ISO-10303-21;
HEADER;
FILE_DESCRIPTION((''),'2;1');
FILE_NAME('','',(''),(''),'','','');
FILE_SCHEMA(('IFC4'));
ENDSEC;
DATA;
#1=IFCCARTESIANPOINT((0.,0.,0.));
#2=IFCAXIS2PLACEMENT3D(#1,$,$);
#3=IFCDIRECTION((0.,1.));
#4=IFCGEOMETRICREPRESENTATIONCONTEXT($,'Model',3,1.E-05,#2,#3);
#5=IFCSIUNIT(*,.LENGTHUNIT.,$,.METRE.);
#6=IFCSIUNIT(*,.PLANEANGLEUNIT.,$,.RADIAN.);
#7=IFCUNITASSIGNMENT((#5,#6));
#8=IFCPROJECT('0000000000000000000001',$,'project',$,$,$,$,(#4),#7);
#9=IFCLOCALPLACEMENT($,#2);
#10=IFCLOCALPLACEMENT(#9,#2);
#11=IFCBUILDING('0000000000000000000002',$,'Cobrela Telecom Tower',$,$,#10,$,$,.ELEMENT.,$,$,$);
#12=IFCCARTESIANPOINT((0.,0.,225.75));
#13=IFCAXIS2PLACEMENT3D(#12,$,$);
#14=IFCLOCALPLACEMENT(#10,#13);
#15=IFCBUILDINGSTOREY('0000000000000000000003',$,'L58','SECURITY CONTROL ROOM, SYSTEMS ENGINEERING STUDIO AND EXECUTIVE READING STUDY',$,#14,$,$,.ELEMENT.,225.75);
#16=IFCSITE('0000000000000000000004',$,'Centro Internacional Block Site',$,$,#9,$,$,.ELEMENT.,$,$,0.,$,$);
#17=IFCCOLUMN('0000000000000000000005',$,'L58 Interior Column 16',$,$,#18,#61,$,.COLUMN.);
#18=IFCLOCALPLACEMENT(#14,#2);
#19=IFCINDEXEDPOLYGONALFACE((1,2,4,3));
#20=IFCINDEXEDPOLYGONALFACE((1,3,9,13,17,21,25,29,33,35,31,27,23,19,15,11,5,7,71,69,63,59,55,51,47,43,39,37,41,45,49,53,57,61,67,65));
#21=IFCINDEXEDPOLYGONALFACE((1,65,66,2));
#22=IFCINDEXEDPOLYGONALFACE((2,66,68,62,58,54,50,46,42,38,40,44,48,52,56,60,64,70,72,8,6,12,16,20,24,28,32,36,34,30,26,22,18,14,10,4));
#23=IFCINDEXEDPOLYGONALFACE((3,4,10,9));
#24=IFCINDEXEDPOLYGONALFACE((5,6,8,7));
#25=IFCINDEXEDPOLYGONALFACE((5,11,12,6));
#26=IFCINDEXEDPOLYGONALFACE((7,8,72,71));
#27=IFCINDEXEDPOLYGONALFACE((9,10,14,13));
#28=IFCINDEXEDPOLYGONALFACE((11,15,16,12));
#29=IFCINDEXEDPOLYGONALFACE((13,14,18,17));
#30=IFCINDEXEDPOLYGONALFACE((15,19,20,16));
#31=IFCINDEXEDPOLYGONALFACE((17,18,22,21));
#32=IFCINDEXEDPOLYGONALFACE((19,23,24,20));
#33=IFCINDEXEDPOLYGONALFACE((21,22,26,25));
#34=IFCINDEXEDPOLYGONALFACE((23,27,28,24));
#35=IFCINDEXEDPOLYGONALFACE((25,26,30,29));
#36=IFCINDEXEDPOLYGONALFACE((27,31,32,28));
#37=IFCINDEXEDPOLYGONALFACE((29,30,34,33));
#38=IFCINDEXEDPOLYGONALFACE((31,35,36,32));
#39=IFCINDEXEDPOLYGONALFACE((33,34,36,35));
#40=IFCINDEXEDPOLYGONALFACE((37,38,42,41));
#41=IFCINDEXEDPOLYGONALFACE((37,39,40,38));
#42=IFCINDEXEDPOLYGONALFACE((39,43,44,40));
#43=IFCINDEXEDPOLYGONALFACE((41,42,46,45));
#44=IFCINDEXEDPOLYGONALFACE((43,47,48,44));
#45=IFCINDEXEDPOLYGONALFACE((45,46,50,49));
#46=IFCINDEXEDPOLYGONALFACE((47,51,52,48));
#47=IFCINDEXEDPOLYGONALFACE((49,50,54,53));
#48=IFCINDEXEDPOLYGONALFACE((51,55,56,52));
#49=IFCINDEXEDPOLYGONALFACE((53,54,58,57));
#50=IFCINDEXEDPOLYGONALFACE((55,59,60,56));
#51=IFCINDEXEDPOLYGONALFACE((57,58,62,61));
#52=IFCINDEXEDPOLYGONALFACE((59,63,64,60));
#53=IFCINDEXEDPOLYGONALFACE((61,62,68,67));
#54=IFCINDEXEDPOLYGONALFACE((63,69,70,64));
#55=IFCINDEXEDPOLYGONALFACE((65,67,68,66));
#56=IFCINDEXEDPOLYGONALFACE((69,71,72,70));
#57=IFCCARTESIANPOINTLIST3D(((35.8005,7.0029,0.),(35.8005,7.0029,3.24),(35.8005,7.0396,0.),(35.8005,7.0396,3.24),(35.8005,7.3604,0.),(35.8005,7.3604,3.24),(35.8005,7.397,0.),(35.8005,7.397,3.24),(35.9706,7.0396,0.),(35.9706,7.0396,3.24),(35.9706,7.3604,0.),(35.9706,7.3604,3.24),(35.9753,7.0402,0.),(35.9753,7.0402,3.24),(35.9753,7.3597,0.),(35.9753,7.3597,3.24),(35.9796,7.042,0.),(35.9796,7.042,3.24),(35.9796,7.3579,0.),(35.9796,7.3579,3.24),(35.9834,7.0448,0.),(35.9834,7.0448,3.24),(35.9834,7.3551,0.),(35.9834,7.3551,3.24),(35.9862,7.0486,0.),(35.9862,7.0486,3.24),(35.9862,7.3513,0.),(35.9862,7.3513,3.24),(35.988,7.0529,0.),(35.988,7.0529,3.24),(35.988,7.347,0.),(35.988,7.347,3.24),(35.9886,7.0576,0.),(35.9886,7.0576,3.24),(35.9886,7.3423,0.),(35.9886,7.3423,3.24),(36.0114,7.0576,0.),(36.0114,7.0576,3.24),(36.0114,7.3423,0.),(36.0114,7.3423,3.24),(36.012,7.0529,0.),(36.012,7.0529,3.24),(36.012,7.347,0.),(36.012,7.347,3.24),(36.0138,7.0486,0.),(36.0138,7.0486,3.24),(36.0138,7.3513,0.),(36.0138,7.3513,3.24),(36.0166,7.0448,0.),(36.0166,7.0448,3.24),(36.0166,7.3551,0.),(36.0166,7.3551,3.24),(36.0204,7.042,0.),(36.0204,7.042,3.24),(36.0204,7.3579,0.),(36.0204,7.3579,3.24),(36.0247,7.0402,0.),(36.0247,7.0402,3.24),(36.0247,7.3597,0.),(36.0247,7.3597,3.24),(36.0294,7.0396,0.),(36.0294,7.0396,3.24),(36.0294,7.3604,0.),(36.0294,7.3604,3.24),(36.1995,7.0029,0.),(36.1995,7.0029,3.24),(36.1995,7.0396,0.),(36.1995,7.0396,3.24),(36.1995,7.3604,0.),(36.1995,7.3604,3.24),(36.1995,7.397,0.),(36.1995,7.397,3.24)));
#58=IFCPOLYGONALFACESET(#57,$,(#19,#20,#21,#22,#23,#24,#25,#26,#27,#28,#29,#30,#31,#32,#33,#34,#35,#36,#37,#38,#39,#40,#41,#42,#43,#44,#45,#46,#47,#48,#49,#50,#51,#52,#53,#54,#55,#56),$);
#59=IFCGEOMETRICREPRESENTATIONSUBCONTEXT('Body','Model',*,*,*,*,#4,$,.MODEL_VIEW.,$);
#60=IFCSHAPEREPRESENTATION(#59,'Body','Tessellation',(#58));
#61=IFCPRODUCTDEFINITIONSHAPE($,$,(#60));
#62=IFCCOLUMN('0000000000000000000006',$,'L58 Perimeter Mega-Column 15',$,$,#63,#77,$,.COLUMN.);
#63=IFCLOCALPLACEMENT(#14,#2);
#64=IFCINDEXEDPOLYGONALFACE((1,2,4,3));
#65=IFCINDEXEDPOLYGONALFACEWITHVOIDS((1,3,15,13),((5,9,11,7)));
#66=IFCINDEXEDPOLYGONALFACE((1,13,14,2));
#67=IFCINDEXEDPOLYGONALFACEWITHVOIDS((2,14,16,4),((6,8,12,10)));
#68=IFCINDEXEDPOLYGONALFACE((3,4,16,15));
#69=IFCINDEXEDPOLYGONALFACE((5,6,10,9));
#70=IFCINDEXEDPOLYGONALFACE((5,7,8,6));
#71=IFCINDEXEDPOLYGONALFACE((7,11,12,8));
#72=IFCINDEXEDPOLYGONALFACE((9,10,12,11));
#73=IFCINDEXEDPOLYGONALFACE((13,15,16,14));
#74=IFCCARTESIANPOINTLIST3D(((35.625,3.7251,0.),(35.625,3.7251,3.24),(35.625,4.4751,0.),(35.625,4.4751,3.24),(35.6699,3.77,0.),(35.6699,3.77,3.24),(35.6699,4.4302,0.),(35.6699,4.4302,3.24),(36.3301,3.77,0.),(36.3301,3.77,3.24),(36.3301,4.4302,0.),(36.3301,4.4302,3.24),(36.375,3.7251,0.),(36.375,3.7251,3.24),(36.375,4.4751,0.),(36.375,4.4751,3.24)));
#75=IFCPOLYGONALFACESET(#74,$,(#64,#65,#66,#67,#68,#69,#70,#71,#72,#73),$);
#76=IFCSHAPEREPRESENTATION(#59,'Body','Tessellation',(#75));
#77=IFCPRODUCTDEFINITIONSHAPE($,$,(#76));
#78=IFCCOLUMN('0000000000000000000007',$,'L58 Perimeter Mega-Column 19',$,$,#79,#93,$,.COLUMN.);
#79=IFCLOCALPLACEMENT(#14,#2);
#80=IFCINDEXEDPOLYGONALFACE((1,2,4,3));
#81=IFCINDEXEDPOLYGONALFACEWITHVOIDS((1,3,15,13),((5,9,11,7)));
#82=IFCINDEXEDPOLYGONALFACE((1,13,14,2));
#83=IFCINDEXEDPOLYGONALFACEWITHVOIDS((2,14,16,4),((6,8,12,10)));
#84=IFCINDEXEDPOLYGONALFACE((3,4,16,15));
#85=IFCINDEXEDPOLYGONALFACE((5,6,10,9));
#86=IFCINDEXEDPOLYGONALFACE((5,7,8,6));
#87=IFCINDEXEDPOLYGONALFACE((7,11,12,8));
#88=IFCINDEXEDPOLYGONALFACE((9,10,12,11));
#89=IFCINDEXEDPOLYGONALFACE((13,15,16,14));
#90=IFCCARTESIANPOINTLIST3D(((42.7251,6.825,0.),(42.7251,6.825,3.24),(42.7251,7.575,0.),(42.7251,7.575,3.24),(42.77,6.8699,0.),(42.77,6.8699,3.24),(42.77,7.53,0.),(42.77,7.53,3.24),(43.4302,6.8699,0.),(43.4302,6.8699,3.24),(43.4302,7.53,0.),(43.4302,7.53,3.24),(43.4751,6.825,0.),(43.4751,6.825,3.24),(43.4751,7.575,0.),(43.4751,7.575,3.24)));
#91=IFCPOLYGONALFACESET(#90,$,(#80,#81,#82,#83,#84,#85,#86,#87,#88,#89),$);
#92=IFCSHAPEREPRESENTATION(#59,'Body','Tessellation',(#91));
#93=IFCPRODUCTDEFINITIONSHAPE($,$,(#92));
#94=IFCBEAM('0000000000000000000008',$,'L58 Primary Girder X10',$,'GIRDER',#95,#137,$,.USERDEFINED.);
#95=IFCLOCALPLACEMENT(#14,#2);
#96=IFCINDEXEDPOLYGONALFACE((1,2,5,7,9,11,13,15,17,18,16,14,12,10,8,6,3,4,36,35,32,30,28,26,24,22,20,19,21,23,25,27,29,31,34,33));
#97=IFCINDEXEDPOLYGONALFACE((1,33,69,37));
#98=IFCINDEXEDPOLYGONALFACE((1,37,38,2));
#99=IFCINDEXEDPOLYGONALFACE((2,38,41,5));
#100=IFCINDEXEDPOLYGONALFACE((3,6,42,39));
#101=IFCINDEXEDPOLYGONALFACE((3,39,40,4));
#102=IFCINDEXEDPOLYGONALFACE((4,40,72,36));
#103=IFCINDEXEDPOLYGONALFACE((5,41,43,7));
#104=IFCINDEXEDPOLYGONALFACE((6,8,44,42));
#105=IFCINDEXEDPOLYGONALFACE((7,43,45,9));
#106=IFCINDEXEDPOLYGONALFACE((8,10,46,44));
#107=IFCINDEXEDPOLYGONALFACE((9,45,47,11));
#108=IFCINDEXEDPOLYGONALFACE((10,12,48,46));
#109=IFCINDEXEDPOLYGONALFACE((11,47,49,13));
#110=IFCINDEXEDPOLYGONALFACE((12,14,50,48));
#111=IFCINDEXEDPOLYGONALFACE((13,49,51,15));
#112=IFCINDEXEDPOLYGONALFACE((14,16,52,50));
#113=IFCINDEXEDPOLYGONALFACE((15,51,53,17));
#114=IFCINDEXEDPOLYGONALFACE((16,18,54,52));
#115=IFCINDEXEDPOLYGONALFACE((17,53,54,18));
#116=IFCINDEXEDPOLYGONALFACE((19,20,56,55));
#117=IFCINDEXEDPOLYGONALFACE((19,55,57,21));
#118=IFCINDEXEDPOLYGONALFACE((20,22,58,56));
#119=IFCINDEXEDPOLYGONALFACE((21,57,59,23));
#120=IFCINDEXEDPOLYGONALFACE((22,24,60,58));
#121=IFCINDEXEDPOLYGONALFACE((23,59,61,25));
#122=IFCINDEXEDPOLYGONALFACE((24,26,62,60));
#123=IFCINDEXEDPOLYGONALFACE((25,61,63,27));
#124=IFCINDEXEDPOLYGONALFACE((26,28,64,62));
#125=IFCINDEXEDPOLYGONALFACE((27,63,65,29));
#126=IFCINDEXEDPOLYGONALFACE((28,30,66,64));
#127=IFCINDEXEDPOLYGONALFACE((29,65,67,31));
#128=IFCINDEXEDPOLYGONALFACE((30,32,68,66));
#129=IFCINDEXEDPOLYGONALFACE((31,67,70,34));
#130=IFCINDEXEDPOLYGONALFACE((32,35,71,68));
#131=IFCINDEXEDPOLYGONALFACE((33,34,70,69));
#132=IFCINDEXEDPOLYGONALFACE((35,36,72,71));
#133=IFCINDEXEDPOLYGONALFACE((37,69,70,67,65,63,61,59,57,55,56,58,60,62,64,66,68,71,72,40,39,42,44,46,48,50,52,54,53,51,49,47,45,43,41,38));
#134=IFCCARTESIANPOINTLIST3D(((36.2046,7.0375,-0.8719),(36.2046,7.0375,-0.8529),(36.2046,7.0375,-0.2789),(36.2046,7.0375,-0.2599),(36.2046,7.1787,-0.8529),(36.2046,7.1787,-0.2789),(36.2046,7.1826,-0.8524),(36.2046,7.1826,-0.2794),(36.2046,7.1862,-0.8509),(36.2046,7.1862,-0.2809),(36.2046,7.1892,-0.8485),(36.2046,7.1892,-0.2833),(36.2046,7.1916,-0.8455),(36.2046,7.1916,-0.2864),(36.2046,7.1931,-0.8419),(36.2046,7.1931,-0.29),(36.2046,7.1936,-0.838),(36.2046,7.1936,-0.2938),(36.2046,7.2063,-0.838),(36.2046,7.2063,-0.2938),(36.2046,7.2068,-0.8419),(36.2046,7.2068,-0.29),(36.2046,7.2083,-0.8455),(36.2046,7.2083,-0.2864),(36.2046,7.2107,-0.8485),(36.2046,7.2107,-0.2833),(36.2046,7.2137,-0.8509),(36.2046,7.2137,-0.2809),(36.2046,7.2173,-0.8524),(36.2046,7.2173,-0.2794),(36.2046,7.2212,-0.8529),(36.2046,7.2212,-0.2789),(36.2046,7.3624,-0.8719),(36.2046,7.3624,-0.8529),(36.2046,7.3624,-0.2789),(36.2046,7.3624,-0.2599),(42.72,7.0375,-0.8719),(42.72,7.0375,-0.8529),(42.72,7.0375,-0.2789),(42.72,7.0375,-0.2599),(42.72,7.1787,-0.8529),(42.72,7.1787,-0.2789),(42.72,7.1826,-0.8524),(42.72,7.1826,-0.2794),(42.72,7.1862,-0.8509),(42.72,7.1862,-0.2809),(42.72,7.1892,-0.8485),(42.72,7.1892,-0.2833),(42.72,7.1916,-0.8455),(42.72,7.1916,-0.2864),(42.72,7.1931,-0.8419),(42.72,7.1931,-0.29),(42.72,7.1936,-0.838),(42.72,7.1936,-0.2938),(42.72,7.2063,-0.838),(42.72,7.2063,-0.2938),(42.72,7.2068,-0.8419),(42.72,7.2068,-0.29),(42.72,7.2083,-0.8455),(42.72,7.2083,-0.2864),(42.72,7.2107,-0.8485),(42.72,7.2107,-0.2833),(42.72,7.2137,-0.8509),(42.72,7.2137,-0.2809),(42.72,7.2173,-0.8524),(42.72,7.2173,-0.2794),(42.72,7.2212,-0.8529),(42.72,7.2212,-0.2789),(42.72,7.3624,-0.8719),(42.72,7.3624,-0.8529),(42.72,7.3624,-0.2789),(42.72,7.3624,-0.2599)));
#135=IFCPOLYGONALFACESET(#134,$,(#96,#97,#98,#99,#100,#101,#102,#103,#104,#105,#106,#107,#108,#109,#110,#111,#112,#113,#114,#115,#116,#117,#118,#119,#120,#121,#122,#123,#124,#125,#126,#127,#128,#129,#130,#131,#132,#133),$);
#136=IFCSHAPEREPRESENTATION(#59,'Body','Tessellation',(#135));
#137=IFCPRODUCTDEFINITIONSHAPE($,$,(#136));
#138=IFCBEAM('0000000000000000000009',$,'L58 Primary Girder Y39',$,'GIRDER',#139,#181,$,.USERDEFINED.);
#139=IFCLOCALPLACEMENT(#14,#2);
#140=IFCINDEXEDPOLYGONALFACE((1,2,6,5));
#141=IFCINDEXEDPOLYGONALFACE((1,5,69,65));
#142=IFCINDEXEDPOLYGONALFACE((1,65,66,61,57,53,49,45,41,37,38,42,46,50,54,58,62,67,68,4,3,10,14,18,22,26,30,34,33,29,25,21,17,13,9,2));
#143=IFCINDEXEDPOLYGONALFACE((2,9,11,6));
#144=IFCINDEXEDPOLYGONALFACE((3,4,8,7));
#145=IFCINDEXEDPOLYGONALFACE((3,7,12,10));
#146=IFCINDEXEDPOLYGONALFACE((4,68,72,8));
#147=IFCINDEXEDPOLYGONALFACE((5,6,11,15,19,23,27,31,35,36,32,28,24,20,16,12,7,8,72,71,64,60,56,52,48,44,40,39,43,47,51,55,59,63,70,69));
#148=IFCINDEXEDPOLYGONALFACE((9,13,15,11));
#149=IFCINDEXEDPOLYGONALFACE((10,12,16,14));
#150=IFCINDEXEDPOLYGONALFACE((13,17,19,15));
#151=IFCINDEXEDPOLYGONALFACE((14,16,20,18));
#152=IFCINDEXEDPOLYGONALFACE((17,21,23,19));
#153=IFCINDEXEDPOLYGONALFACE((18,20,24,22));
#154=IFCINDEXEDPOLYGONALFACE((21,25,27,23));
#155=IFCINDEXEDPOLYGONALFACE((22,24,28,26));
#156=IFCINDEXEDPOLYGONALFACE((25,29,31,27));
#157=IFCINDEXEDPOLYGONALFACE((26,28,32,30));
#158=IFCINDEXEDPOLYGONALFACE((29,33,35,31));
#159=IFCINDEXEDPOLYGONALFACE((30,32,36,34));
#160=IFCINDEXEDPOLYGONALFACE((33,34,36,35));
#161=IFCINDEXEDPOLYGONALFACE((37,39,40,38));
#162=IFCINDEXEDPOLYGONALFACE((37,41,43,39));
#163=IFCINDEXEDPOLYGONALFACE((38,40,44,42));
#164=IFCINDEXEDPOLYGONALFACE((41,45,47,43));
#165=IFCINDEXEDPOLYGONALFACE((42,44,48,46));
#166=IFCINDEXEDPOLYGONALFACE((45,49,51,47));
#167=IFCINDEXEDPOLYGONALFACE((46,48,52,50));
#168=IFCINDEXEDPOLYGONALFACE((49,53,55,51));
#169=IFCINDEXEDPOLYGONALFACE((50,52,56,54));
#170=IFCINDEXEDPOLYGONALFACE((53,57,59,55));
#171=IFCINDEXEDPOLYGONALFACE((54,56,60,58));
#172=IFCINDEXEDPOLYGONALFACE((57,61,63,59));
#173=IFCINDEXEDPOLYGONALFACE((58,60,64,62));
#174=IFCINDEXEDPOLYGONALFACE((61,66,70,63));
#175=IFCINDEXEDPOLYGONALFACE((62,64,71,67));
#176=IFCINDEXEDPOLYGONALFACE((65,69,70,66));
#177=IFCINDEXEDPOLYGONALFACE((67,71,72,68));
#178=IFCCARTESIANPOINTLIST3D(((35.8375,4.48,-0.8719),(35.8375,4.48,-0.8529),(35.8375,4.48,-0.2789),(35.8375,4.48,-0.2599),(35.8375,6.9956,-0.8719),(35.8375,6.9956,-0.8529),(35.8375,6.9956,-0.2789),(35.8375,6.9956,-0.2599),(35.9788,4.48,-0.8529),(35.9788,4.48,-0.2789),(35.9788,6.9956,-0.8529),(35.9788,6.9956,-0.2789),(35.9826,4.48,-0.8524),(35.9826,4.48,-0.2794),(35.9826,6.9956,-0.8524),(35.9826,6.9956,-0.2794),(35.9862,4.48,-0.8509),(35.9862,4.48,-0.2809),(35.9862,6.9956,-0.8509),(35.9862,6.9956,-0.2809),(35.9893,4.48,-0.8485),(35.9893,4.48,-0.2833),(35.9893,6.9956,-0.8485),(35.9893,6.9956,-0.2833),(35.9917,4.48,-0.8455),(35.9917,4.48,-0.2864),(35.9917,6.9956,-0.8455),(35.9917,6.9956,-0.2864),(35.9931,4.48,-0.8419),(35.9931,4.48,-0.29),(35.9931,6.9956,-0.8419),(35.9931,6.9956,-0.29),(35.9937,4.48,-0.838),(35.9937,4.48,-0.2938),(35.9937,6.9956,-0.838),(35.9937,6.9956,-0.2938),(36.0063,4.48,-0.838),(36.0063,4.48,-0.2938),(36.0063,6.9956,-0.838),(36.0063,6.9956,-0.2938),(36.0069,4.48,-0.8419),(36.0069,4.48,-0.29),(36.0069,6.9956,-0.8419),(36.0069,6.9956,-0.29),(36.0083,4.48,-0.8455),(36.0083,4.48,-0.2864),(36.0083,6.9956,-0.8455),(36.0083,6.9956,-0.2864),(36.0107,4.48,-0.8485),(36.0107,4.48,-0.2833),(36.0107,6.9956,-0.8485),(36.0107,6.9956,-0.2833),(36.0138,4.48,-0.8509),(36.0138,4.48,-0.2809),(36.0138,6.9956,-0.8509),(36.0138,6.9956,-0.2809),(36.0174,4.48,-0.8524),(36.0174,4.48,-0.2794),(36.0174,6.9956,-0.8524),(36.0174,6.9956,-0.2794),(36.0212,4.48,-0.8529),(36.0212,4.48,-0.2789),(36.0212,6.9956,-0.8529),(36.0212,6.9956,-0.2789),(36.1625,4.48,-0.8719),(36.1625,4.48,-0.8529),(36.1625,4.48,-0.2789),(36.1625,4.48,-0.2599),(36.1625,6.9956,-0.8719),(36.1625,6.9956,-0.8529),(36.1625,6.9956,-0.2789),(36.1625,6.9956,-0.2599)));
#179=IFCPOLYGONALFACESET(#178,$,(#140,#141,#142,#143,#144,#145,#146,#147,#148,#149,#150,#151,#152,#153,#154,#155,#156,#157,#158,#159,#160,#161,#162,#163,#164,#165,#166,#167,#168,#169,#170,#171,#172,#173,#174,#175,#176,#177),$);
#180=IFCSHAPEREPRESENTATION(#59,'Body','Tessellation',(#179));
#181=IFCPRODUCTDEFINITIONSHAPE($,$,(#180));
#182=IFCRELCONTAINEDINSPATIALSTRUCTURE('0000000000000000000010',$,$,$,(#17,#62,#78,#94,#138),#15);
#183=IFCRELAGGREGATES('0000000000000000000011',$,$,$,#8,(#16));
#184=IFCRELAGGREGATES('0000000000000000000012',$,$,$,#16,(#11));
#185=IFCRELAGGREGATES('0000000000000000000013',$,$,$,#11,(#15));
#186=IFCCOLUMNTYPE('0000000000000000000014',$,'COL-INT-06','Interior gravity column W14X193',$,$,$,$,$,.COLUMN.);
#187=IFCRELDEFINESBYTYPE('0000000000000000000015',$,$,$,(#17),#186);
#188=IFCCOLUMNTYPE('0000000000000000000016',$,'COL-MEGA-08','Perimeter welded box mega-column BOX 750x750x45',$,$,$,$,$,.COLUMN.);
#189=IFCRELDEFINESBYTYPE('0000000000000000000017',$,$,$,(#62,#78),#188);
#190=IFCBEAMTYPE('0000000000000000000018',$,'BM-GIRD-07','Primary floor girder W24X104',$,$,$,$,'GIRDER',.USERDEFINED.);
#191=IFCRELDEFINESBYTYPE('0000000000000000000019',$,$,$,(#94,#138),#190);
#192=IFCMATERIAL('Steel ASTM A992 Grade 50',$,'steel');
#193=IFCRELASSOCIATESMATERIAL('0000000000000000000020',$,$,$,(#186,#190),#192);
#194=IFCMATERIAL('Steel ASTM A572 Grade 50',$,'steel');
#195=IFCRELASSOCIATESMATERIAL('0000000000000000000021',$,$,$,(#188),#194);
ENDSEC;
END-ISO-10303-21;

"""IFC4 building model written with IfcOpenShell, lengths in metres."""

from ifc_helpers import new_model, si_unit, direction, frame, origin, origin_2d, place, context, subcontext, project, spatial, hollow_rectangle, i_section, extrude, material, material_profile, profile_set, type_object, element, save


model = new_model("IFC4")

# Units and contexts
model_context = context("Model", 3, precision=1e-05, world=origin(), true_north=direction((0.0, 1.0)))
body_context = subcontext(model_context, "Body", "Model", "MODEL_VIEW")
ifc_project = project(units=[si_unit("LENGTHUNIT", "METRE"), si_unit("PLANEANGLEUNIT", "RADIAN")], contexts=[model_context])

# Site, building, storey
site_placement = place(None, origin())
site = spatial("IfcSite", under=ifc_project, at=site_placement, Name="Centro Internacional Block Site", CompositionType="ELEMENT", RefElevation=0.0)
building_placement = place(site_placement, origin())
building = spatial("IfcBuilding", under=site, at=building_placement, Name="Cobrela Telecom Tower", CompositionType="ELEMENT")
storey_placement = place(building_placement, frame((0.0, 0.0, 225.75)))
storey = spatial("IfcBuildingStorey", under=building, at=storey_placement, Name="L58", Description="SECURITY CONTROL ROOM, SYSTEMS ENGINEERING STUDIO AND EXECUTIVE READING STUDY", CompositionType="ELEMENT", Elevation=225.75)

# Columns
ifc_material_1 = material(Name="Steel ASTM A992 Grade 50", Category="steel")
ifc_material_profile_1 = material_profile(ifc_material_1, i_section(OverallWidth=0.3989, OverallDepth=0.394, WebThickness=0.0227, FlangeThickness=0.0366, FilletRadius=0.0181, at=origin_2d()), Name="W14X193")
ifc_profile_set_1 = profile_set([ifc_material_profile_1], Name="Steel ASTM A992 Grade 50")
column_type_1 = type_object("IfcColumnType", Name="COL-INT-06", Description="Interior gravity column W14X193", PredefinedType="COLUMN", material=ifc_profile_set_1)
column_placement = place(storey_placement, frame((36.0, 7.2, 0.0), z_axis=(0.0, 0.0, 1.0), x_axis=(1.0, 0.0, 0.0)))
element("IfcColumn", 1, at=column_placement, inside=storey, type_object=column_type_1, Name="L58 Interior Column 16", PredefinedType="COLUMN", context=body_context, shape_type="SweptSolid", body=[
    extrude(i_section(OverallWidth=0.3989, OverallDepth=0.394, WebThickness=0.0227, FlangeThickness=0.0366, FilletRadius=0.0181, at=origin_2d()), origin(), (0.0, 0.0, 1.0), 3.24),
])
ifc_material_2 = material(Name="Steel ASTM A572 Grade 50", Category="steel")
ifc_material_profile_2 = material_profile(ifc_material_2, hollow_rectangle(XDim=0.75, YDim=0.75, WallThickness=0.0449, at=origin_2d()), Name="BOX 750x750x45")
ifc_profile_set_2 = profile_set([ifc_material_profile_2], Name="Steel ASTM A572 Grade 50")
column_type_2 = type_object("IfcColumnType", Name="COL-MEGA-08", Description="Perimeter welded box mega-column BOX 750x750x45", PredefinedType="COLUMN", material=ifc_profile_set_2)
for number, where, z_axis, x_axis, name in (
    (2, (36.0, 4.1001, 0.0), (0.0, 0.0, 1.0), (1.0, 0.0, 0.0), "L58 Perimeter Mega-Column 15"),
    (3, (43.1001, 7.2, 0.0), (0.0, 0.0, 1.0), (1.0, 0.0, 0.0), "L58 Perimeter Mega-Column 19"),
):
    element("IfcColumn", number, at=place(storey_placement, frame(where, z_axis=z_axis, x_axis=x_axis)), inside=storey, type_object=column_type_2, Name=name, PredefinedType="COLUMN", context=body_context, shape_type="SweptSolid", body=[
        extrude(hollow_rectangle(XDim=0.75, YDim=0.75, WallThickness=0.0449, at=origin_2d()), origin(), (0.0, 0.0, 1.0), 3.24),
    ])

# Beams
ifc_material_profile_3 = material_profile(ifc_material_1, i_section(OverallWidth=0.325, OverallDepth=0.6121, WebThickness=0.0127, FlangeThickness=0.019, FilletRadius=0.0149, at=origin_2d()), Name="W24X104")
ifc_profile_set_3 = profile_set([ifc_material_profile_3], Name="Steel ASTM A992 Grade 50")
beam_type_1 = type_object("IfcBeamType", Name="BM-GIRD-07", Description="Primary floor girder W24X104", ElementType="GIRDER", PredefinedType="USERDEFINED", material=ifc_profile_set_3)
beam_1_placement = place(storey_placement, frame((36.2046, 7.2, -0.5659), z_axis=(1.0, 0.0, 0.0), x_axis=(0.0, 1.0, 0.0)))
element("IfcBeam", 4, at=beam_1_placement, inside=storey, type_object=beam_type_1, Name="L58 Primary Girder X10", ObjectType="GIRDER", PredefinedType="USERDEFINED", context=body_context, shape_type="SweptSolid", body=[
    extrude(i_section(OverallWidth=0.325, OverallDepth=0.6121, WebThickness=0.0127, FlangeThickness=0.019, FilletRadius=0.0149, at=origin_2d()), origin(), (0.0, 0.0, 1.0), 6.5154),
])
beam_2_placement = place(storey_placement, frame((36.0, 4.48, -0.5659), z_axis=(0.0, 1.0, 0.0), x_axis=(-1.0, 0.0, 0.0)))
element("IfcBeam", 5, at=beam_2_placement, inside=storey, type_object=beam_type_1, Name="L58 Primary Girder Y39", ObjectType="GIRDER", PredefinedType="USERDEFINED", context=body_context, shape_type="SweptSolid", body=[
    extrude(i_section(OverallWidth=0.325, OverallDepth=0.6121, WebThickness=0.0127, FlangeThickness=0.019, FilletRadius=0.0149, at=origin_2d()), origin(), (0.0, 0.0, 1.0), 2.5156),
])

save(model, "model.ifc")
